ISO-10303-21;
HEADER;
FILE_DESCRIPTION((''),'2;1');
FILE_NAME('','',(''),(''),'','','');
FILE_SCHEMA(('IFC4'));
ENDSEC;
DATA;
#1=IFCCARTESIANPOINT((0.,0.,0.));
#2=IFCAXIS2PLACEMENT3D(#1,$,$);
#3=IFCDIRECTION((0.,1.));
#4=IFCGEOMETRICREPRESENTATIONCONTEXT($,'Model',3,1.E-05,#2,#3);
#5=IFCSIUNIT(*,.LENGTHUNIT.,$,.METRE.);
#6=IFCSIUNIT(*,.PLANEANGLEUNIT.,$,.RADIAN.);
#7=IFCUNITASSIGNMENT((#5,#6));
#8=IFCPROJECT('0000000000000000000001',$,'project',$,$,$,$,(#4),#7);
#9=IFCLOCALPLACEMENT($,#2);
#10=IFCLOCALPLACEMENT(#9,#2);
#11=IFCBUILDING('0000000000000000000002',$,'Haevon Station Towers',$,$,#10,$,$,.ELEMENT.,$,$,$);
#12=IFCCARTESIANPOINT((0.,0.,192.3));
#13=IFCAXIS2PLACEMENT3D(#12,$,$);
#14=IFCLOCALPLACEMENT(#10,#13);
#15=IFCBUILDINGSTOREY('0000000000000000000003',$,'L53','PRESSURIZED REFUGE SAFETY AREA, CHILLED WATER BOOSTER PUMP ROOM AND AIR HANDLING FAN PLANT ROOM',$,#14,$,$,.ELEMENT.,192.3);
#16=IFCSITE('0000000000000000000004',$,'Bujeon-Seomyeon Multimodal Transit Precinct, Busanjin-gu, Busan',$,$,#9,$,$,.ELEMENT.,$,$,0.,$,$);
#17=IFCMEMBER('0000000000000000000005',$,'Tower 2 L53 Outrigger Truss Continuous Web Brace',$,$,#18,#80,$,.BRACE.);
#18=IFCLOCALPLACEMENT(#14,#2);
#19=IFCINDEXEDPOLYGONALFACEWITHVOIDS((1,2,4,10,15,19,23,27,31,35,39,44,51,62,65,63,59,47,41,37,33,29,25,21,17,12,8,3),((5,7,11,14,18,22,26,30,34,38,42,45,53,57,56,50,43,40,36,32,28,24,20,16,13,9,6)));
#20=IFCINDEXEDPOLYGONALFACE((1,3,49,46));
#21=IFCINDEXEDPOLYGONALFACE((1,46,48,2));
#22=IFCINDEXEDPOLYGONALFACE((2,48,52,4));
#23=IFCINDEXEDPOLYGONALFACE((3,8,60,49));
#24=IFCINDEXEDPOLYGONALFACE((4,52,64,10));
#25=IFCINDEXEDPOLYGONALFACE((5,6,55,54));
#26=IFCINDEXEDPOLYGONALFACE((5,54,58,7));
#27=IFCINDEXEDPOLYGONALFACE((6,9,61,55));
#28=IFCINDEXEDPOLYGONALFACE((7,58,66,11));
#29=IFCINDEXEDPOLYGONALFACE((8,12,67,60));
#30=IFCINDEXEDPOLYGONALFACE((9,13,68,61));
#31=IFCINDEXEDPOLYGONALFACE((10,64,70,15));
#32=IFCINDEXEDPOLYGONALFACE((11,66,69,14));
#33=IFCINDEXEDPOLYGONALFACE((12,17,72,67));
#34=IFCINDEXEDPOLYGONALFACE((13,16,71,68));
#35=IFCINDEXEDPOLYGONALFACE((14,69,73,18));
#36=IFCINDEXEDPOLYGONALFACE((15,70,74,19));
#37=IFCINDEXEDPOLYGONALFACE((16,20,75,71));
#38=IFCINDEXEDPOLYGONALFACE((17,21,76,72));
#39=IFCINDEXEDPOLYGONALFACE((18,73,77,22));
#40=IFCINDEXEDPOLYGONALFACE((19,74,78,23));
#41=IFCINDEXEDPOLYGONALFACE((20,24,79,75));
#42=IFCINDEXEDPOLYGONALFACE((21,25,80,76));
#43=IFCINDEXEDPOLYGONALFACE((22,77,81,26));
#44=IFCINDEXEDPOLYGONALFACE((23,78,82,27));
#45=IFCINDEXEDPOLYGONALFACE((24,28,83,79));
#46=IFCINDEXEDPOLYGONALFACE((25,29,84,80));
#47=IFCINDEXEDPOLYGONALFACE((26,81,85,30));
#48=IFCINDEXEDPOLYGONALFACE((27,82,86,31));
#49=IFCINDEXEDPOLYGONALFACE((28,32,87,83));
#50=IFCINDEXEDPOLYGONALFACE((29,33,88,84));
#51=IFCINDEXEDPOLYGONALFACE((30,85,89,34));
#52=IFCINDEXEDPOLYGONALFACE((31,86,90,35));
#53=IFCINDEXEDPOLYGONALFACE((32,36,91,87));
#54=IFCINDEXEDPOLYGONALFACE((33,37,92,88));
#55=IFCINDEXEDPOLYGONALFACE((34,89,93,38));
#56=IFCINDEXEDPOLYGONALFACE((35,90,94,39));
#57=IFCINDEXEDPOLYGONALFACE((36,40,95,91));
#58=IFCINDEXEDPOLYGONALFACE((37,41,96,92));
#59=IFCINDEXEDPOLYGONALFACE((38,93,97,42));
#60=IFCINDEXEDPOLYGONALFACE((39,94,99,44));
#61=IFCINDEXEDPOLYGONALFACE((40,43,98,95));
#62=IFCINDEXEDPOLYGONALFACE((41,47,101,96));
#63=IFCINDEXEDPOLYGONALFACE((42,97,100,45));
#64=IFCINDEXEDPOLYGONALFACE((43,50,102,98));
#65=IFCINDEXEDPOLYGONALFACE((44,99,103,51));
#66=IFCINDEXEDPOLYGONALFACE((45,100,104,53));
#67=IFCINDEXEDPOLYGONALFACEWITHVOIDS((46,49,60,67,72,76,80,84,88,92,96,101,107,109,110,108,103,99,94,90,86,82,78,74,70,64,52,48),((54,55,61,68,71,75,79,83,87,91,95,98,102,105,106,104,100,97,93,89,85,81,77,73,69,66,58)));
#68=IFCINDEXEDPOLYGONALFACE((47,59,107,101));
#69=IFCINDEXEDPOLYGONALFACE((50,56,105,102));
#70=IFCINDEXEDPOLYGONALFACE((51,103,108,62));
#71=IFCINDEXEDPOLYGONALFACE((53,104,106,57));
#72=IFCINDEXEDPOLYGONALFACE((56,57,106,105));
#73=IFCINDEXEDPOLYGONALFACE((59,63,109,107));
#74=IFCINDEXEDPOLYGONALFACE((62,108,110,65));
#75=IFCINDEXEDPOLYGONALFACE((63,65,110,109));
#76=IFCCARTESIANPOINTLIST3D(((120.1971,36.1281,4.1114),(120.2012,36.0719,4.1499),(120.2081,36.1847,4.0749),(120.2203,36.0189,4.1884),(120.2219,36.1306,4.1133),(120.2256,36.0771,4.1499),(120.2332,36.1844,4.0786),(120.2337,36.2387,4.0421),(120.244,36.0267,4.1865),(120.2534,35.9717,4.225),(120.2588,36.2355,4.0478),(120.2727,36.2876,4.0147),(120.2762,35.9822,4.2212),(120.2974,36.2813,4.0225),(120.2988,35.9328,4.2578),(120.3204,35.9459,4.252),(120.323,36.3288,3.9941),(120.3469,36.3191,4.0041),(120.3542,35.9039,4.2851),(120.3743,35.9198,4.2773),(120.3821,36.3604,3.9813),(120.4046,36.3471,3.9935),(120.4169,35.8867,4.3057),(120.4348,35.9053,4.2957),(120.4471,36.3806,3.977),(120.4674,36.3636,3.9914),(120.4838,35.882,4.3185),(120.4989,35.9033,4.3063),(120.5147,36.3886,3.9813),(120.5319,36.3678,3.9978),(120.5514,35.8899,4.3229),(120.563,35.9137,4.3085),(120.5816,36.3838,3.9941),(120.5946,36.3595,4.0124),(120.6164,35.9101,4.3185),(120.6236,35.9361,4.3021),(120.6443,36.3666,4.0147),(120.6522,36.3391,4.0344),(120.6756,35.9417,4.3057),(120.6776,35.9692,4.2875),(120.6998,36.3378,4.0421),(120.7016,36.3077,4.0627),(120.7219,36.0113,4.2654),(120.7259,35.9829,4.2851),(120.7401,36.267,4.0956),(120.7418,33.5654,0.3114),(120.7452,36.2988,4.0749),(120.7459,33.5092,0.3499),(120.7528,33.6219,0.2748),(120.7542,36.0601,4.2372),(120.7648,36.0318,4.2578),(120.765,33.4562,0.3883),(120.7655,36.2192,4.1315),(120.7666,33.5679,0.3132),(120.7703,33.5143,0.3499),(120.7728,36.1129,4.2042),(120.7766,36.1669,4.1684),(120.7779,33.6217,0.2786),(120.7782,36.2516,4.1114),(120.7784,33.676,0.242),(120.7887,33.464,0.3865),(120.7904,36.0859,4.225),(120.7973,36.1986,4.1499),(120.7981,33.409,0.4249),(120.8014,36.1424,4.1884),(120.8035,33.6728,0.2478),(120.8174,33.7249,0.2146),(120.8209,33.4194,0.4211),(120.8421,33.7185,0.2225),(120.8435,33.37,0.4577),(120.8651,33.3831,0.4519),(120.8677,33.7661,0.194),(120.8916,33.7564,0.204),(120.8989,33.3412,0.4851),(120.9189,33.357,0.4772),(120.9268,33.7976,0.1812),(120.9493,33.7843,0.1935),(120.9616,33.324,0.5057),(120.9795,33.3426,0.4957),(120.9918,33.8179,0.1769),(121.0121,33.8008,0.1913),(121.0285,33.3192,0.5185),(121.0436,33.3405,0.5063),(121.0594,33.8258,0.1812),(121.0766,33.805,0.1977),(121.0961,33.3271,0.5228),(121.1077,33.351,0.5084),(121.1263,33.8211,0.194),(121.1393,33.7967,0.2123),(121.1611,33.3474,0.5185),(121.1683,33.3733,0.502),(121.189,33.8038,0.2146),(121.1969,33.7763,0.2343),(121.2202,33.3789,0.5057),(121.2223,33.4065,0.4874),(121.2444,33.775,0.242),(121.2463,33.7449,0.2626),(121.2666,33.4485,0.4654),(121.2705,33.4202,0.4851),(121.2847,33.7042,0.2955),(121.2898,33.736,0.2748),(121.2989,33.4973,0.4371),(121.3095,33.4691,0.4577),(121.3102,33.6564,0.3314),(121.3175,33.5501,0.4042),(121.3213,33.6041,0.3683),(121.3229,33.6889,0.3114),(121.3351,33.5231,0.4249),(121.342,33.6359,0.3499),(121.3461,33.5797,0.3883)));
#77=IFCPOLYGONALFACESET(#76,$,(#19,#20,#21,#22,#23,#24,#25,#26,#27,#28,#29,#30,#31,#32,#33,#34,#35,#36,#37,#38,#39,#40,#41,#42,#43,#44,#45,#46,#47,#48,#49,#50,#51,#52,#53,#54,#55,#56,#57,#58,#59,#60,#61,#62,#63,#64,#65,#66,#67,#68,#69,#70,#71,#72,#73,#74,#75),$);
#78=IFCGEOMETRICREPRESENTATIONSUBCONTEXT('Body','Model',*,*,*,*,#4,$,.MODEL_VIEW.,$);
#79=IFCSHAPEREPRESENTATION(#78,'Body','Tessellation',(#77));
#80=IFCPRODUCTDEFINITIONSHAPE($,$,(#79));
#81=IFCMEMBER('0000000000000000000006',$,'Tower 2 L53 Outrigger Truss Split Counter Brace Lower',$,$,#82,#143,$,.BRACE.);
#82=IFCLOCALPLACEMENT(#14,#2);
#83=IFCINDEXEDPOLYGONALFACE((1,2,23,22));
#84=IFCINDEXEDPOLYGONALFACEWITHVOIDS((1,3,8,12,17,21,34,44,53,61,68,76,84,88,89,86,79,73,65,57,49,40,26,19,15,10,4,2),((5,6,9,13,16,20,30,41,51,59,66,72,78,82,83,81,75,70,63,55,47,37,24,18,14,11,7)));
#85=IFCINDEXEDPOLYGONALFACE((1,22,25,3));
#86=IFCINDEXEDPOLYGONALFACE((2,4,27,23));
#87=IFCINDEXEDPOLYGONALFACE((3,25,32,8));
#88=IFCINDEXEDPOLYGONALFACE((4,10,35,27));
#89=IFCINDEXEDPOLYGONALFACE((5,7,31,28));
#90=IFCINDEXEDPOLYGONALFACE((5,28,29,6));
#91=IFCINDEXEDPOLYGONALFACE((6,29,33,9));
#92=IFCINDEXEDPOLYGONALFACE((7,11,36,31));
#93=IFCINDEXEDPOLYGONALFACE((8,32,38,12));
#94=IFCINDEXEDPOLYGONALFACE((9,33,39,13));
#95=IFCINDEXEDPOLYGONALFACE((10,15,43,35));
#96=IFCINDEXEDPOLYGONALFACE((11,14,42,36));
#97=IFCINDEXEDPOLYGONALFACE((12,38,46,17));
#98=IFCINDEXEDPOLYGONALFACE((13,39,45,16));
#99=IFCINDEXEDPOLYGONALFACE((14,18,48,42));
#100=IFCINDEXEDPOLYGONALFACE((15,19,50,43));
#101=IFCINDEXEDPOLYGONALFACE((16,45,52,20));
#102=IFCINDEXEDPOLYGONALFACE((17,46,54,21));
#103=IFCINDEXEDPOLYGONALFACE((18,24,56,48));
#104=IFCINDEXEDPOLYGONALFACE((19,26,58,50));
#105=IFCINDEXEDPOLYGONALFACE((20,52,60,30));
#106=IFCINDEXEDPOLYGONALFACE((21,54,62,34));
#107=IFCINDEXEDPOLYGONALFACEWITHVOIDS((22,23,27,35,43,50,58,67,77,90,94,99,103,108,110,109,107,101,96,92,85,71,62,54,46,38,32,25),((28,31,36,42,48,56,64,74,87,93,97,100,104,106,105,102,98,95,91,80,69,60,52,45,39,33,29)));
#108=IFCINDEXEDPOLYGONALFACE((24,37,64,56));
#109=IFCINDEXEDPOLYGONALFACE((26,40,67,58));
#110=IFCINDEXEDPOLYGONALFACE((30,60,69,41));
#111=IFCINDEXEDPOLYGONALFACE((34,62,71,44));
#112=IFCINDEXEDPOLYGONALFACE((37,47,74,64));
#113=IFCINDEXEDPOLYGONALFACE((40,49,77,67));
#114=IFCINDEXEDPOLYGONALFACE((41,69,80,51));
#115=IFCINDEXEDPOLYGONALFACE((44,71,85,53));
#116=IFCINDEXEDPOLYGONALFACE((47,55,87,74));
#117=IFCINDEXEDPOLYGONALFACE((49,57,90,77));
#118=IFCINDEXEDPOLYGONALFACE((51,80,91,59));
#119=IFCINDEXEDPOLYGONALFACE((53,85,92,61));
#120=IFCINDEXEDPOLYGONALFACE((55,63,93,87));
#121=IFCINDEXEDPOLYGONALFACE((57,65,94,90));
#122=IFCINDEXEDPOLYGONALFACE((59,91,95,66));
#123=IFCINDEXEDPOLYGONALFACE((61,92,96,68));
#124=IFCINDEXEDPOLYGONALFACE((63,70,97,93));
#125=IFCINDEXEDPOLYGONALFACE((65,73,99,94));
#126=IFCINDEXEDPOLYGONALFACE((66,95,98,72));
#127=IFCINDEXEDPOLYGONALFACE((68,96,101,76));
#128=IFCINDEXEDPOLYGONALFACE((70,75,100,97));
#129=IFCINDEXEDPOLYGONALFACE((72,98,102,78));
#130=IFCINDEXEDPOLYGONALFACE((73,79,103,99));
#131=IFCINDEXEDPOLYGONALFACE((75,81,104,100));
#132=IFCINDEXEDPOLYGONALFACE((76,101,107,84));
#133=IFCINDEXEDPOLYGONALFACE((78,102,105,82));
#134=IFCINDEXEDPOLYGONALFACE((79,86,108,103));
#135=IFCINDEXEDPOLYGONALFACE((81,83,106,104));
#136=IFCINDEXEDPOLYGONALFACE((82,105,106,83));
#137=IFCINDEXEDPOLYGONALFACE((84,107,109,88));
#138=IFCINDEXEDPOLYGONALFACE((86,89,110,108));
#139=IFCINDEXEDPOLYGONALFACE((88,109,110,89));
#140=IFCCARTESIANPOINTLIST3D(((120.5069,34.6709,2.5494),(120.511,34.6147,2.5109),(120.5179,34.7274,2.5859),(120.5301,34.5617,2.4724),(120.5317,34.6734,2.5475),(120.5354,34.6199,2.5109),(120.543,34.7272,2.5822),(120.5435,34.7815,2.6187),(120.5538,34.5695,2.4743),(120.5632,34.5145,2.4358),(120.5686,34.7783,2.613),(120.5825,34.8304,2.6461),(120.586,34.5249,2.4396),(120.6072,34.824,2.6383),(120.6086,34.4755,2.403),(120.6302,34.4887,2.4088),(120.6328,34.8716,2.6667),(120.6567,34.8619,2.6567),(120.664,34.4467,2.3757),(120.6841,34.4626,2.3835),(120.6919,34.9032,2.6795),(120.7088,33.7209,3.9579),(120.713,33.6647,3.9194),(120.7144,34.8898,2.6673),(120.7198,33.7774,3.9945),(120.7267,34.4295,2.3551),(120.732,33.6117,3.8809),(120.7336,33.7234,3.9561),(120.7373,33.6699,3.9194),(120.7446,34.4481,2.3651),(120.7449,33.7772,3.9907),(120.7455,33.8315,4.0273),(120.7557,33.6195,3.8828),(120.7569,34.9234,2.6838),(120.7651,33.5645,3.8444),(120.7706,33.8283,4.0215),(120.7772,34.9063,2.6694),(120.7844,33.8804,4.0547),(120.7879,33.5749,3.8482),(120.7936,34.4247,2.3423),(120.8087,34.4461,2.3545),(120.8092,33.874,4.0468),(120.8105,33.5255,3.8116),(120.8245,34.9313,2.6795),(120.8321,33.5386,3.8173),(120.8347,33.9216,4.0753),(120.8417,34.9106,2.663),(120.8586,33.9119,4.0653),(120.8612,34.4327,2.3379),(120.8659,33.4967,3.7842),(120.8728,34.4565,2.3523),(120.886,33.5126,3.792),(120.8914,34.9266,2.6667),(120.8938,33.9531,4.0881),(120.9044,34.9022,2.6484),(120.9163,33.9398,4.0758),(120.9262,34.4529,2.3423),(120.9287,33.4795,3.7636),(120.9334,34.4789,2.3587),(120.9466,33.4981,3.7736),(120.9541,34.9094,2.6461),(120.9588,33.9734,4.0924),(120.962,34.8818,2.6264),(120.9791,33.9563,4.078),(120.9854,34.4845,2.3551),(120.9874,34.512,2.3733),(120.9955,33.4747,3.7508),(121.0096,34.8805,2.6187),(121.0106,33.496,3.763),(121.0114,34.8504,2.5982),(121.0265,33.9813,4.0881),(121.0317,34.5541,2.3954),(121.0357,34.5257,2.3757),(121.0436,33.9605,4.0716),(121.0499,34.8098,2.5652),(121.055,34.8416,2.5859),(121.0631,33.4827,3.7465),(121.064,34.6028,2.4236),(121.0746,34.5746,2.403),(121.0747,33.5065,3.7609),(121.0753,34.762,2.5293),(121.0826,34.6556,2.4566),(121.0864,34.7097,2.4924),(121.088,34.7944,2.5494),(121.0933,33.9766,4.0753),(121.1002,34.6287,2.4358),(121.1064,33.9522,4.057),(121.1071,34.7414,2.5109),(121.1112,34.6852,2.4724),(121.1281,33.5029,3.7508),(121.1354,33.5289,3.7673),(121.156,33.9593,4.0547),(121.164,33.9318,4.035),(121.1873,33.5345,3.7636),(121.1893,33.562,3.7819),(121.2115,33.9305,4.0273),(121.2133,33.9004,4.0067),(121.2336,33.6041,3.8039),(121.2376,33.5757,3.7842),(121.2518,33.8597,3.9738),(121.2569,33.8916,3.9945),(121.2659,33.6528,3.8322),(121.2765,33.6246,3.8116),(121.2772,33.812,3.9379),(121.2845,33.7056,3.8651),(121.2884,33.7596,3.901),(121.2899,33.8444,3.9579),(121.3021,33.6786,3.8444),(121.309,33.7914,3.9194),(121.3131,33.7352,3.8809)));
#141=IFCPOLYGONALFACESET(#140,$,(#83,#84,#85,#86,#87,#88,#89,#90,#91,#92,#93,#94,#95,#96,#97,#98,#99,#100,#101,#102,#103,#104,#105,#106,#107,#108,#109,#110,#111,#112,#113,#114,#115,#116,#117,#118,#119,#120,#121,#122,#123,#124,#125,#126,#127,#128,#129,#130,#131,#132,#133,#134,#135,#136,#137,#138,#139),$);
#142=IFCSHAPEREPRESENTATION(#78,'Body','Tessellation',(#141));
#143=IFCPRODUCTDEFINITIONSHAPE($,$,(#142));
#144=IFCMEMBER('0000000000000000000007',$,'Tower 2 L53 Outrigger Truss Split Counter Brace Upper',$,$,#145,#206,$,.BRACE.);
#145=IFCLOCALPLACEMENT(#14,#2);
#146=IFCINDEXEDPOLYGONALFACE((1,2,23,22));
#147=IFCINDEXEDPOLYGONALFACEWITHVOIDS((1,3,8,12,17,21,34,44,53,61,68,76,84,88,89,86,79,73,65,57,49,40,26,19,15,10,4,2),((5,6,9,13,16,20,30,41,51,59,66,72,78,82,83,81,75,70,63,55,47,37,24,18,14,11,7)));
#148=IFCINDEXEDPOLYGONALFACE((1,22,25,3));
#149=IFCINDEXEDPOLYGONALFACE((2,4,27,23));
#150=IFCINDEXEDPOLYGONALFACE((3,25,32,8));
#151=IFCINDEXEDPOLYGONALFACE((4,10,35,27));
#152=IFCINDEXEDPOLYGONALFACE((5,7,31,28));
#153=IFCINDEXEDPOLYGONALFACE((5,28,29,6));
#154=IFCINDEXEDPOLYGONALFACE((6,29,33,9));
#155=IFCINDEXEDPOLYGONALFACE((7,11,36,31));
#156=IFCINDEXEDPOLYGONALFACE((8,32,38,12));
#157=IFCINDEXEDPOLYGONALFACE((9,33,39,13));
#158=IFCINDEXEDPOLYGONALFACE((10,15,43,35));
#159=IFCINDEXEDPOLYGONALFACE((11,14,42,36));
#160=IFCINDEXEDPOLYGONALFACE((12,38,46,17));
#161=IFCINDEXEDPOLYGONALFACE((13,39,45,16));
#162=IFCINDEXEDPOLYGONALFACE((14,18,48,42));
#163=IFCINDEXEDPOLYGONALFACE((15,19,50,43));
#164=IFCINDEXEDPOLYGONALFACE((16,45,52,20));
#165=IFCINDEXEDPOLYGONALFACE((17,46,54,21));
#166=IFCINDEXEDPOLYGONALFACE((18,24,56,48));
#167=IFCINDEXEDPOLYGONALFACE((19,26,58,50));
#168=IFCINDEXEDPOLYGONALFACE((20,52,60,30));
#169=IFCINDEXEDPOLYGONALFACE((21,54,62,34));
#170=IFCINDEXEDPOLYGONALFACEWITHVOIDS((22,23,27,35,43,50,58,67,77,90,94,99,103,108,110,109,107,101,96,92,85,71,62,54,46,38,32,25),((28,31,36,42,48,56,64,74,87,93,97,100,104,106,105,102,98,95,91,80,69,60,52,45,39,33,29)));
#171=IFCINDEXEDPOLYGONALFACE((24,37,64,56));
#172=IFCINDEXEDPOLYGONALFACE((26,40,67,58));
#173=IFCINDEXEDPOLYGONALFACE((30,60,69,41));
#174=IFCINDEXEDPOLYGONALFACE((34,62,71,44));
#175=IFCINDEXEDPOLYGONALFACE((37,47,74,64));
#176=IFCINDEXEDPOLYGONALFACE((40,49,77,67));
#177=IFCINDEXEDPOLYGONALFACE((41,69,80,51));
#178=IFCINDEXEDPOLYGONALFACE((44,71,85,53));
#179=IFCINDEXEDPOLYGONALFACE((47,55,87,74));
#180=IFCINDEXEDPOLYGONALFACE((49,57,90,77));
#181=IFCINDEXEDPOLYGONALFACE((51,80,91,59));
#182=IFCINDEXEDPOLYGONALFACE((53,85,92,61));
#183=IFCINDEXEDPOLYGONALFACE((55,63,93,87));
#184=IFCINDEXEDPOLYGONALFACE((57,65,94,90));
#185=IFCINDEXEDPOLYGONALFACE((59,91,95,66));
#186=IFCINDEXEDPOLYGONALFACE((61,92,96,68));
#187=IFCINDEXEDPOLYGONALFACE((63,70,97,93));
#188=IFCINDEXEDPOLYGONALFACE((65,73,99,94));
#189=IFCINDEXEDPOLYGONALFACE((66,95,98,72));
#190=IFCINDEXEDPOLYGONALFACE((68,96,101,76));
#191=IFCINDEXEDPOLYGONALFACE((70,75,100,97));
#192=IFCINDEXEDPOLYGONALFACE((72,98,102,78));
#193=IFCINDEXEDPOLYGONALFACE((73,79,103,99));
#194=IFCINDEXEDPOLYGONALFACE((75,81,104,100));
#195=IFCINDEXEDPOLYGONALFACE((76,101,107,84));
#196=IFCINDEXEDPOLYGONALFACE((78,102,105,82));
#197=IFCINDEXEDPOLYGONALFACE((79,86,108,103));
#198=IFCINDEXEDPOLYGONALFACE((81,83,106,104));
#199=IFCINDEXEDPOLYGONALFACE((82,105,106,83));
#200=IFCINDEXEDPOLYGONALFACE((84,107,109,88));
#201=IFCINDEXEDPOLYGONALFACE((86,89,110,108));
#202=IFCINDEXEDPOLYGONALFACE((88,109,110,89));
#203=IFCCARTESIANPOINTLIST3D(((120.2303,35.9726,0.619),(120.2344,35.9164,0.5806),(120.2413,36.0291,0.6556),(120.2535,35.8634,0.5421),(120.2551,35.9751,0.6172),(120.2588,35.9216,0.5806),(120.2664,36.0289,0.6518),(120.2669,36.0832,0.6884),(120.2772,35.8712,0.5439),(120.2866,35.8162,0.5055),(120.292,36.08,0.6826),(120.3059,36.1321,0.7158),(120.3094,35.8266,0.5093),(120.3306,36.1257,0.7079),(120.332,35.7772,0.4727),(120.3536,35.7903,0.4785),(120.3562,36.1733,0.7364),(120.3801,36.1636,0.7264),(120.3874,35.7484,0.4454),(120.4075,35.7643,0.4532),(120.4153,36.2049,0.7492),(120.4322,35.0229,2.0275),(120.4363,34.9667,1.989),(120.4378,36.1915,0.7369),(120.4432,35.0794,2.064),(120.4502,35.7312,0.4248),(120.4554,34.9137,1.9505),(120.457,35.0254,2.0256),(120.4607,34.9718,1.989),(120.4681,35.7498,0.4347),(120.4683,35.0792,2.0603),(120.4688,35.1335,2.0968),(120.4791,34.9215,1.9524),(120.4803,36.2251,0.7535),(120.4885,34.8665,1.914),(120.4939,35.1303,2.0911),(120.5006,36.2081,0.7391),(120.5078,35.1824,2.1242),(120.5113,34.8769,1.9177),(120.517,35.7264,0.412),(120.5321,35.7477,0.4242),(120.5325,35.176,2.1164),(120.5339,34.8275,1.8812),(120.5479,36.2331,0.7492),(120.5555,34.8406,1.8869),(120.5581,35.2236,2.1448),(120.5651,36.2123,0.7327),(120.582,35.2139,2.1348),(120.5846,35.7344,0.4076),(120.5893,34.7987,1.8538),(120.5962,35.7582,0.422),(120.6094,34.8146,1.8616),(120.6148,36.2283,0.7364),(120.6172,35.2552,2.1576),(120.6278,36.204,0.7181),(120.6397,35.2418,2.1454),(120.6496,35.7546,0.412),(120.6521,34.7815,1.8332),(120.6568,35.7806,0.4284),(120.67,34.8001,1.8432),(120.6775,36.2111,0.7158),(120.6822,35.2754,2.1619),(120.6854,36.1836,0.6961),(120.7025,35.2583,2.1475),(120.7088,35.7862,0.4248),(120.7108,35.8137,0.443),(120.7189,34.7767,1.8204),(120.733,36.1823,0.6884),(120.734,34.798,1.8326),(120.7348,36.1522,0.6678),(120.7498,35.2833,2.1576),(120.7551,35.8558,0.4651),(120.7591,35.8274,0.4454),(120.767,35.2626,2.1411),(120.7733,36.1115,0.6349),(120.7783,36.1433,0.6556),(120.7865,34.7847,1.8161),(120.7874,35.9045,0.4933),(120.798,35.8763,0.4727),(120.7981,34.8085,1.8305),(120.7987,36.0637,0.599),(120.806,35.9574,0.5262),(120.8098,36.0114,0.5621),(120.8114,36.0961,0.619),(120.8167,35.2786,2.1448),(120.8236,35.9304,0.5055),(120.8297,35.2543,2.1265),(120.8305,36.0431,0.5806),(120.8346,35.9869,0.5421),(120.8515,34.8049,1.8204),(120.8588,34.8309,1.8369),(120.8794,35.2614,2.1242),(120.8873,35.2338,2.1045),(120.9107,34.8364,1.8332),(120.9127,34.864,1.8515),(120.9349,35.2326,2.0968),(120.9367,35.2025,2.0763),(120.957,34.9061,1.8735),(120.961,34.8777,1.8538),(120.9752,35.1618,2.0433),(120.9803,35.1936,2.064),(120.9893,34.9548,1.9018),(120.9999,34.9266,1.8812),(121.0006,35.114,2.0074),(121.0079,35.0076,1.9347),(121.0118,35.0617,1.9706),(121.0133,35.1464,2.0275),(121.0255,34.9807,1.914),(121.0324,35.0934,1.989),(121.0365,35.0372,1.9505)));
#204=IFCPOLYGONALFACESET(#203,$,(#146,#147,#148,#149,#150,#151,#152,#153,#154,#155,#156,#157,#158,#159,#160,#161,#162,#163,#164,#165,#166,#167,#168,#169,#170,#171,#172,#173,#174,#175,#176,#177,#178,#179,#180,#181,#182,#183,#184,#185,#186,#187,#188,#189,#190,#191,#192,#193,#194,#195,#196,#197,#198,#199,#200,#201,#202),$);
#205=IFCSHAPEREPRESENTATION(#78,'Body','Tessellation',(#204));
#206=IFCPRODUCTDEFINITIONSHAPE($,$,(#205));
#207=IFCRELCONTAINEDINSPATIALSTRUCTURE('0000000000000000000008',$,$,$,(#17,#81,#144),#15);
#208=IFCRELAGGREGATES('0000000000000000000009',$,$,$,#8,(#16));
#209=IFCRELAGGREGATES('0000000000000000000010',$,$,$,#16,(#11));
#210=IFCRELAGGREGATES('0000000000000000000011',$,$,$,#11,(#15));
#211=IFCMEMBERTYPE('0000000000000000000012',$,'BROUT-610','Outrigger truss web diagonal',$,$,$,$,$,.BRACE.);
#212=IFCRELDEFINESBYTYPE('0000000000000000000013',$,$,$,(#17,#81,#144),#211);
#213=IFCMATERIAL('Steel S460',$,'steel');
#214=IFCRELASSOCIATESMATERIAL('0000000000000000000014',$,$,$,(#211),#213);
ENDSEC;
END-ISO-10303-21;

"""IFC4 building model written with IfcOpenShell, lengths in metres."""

from ifc_helpers import new_model, si_unit, direction, frame, origin, origin_2d, place, context, subcontext, project, spatial, hollow_circle, extrude, material, material_profile, profile_set, type_object, element, save


model = new_model("IFC4")

# Units and contexts
model_context = context("Model", 3, precision=1e-05, world=origin(), true_north=direction((0.0, 1.0)))
body_context = subcontext(model_context, "Body", "Model", "MODEL_VIEW")
ifc_project = project(units=[si_unit("LENGTHUNIT", "METRE"), si_unit("PLANEANGLEUNIT", "RADIAN")], contexts=[model_context])

# Site, building, storey
site_placement = place(None, origin())
site = spatial("IfcSite", under=ifc_project, at=site_placement, Name="Bujeon-Seomyeon Multimodal Transit Precinct, Busanjin-gu, Busan", CompositionType="ELEMENT", RefElevation=0.0)
building_placement = place(site_placement, origin())
building = spatial("IfcBuilding", under=site, at=building_placement, Name="Haevon Station Towers", CompositionType="ELEMENT")
storey_placement = place(building_placement, frame((0.0, 0.0, 192.3)))
storey = spatial("IfcBuildingStorey", under=building, at=storey_placement, Name="L53", Description="PRESSURIZED REFUGE SAFETY AREA, CHILLED WATER BOOSTER PUMP ROOM AND AIR HANDLING FAN PLANT ROOM", CompositionType="ELEMENT", Elevation=192.3)

# Shared definitions
ifc_material_1 = material(Name="Steel S460", Category="steel")

# Members
ifc_material_profile_1 = material_profile(ifc_material_1, hollow_circle(Radius=0.3047, WallThickness=0.0249, at=origin_2d()), Name="CHS-609.6x25")
ifc_profile_set_1 = profile_set([ifc_material_profile_1], Name="Steel S460")
member_type_1 = type_object("IfcMemberType", Name="BROUT-610", Description="Outrigger truss web diagonal", PredefinedType="BRACE", material=ifc_profile_set_1)
member_1_placement = place(storey_placement, frame((121.0439, 33.5725, 0.3499), z_axis=(-0.118005, 0.555223, 0.823287), x_axis=(-0.978152, -0.207893, 0.0)))
element("IfcMember", 1, at=member_1_placement, inside=storey, type_object=member_type_1, Name="Tower 2 L53 Outrigger Truss Continuous Web Brace", PredefinedType="BRACE", context=body_context, shape_type="SweptSolid", body=[
    extrude(hollow_circle(Radius=0.3047, WallThickness=0.0249, at=origin_2d()), origin(), (0.0, 0.0, 1.0), 4.6157),
])
member_2_placement = place(storey_placement, frame((121.011, 33.728, 3.9194), z_axis=(-0.118016, 0.555262, -0.82326), x_axis=(-0.978151, -0.207898, 0.0)))
element("IfcMember", 2, at=member_2_placement, inside=storey, type_object=member_type_1, Name="Tower 2 L53 Outrigger Truss Split Counter Brace Lower", PredefinedType="BRACE", context=body_context, shape_type="SweptSolid", body=[
    extrude(hollow_circle(Radius=0.3047, WallThickness=0.0249, at=origin_2d()), origin(), (0.0, 0.0, 1.0), 1.7109),
])
member_3_placement = place(storey_placement, frame((120.7344, 35.03, 1.989), z_axis=(-0.118026, 0.555163, -0.823325), x_axis=(-0.97814, -0.207949, 0.0)))
element("IfcMember", 3, at=member_3_placement, inside=storey, type_object=member_type_1, Name="Tower 2 L53 Outrigger Truss Split Counter Brace Upper", PredefinedType="BRACE", context=body_context, shape_type="SweptSolid", body=[
    extrude(hollow_circle(Radius=0.3047, WallThickness=0.0249, at=origin_2d()), origin(), (0.0, 0.0, 1.0), 1.7107),
])

save(model, "model.ifc")
